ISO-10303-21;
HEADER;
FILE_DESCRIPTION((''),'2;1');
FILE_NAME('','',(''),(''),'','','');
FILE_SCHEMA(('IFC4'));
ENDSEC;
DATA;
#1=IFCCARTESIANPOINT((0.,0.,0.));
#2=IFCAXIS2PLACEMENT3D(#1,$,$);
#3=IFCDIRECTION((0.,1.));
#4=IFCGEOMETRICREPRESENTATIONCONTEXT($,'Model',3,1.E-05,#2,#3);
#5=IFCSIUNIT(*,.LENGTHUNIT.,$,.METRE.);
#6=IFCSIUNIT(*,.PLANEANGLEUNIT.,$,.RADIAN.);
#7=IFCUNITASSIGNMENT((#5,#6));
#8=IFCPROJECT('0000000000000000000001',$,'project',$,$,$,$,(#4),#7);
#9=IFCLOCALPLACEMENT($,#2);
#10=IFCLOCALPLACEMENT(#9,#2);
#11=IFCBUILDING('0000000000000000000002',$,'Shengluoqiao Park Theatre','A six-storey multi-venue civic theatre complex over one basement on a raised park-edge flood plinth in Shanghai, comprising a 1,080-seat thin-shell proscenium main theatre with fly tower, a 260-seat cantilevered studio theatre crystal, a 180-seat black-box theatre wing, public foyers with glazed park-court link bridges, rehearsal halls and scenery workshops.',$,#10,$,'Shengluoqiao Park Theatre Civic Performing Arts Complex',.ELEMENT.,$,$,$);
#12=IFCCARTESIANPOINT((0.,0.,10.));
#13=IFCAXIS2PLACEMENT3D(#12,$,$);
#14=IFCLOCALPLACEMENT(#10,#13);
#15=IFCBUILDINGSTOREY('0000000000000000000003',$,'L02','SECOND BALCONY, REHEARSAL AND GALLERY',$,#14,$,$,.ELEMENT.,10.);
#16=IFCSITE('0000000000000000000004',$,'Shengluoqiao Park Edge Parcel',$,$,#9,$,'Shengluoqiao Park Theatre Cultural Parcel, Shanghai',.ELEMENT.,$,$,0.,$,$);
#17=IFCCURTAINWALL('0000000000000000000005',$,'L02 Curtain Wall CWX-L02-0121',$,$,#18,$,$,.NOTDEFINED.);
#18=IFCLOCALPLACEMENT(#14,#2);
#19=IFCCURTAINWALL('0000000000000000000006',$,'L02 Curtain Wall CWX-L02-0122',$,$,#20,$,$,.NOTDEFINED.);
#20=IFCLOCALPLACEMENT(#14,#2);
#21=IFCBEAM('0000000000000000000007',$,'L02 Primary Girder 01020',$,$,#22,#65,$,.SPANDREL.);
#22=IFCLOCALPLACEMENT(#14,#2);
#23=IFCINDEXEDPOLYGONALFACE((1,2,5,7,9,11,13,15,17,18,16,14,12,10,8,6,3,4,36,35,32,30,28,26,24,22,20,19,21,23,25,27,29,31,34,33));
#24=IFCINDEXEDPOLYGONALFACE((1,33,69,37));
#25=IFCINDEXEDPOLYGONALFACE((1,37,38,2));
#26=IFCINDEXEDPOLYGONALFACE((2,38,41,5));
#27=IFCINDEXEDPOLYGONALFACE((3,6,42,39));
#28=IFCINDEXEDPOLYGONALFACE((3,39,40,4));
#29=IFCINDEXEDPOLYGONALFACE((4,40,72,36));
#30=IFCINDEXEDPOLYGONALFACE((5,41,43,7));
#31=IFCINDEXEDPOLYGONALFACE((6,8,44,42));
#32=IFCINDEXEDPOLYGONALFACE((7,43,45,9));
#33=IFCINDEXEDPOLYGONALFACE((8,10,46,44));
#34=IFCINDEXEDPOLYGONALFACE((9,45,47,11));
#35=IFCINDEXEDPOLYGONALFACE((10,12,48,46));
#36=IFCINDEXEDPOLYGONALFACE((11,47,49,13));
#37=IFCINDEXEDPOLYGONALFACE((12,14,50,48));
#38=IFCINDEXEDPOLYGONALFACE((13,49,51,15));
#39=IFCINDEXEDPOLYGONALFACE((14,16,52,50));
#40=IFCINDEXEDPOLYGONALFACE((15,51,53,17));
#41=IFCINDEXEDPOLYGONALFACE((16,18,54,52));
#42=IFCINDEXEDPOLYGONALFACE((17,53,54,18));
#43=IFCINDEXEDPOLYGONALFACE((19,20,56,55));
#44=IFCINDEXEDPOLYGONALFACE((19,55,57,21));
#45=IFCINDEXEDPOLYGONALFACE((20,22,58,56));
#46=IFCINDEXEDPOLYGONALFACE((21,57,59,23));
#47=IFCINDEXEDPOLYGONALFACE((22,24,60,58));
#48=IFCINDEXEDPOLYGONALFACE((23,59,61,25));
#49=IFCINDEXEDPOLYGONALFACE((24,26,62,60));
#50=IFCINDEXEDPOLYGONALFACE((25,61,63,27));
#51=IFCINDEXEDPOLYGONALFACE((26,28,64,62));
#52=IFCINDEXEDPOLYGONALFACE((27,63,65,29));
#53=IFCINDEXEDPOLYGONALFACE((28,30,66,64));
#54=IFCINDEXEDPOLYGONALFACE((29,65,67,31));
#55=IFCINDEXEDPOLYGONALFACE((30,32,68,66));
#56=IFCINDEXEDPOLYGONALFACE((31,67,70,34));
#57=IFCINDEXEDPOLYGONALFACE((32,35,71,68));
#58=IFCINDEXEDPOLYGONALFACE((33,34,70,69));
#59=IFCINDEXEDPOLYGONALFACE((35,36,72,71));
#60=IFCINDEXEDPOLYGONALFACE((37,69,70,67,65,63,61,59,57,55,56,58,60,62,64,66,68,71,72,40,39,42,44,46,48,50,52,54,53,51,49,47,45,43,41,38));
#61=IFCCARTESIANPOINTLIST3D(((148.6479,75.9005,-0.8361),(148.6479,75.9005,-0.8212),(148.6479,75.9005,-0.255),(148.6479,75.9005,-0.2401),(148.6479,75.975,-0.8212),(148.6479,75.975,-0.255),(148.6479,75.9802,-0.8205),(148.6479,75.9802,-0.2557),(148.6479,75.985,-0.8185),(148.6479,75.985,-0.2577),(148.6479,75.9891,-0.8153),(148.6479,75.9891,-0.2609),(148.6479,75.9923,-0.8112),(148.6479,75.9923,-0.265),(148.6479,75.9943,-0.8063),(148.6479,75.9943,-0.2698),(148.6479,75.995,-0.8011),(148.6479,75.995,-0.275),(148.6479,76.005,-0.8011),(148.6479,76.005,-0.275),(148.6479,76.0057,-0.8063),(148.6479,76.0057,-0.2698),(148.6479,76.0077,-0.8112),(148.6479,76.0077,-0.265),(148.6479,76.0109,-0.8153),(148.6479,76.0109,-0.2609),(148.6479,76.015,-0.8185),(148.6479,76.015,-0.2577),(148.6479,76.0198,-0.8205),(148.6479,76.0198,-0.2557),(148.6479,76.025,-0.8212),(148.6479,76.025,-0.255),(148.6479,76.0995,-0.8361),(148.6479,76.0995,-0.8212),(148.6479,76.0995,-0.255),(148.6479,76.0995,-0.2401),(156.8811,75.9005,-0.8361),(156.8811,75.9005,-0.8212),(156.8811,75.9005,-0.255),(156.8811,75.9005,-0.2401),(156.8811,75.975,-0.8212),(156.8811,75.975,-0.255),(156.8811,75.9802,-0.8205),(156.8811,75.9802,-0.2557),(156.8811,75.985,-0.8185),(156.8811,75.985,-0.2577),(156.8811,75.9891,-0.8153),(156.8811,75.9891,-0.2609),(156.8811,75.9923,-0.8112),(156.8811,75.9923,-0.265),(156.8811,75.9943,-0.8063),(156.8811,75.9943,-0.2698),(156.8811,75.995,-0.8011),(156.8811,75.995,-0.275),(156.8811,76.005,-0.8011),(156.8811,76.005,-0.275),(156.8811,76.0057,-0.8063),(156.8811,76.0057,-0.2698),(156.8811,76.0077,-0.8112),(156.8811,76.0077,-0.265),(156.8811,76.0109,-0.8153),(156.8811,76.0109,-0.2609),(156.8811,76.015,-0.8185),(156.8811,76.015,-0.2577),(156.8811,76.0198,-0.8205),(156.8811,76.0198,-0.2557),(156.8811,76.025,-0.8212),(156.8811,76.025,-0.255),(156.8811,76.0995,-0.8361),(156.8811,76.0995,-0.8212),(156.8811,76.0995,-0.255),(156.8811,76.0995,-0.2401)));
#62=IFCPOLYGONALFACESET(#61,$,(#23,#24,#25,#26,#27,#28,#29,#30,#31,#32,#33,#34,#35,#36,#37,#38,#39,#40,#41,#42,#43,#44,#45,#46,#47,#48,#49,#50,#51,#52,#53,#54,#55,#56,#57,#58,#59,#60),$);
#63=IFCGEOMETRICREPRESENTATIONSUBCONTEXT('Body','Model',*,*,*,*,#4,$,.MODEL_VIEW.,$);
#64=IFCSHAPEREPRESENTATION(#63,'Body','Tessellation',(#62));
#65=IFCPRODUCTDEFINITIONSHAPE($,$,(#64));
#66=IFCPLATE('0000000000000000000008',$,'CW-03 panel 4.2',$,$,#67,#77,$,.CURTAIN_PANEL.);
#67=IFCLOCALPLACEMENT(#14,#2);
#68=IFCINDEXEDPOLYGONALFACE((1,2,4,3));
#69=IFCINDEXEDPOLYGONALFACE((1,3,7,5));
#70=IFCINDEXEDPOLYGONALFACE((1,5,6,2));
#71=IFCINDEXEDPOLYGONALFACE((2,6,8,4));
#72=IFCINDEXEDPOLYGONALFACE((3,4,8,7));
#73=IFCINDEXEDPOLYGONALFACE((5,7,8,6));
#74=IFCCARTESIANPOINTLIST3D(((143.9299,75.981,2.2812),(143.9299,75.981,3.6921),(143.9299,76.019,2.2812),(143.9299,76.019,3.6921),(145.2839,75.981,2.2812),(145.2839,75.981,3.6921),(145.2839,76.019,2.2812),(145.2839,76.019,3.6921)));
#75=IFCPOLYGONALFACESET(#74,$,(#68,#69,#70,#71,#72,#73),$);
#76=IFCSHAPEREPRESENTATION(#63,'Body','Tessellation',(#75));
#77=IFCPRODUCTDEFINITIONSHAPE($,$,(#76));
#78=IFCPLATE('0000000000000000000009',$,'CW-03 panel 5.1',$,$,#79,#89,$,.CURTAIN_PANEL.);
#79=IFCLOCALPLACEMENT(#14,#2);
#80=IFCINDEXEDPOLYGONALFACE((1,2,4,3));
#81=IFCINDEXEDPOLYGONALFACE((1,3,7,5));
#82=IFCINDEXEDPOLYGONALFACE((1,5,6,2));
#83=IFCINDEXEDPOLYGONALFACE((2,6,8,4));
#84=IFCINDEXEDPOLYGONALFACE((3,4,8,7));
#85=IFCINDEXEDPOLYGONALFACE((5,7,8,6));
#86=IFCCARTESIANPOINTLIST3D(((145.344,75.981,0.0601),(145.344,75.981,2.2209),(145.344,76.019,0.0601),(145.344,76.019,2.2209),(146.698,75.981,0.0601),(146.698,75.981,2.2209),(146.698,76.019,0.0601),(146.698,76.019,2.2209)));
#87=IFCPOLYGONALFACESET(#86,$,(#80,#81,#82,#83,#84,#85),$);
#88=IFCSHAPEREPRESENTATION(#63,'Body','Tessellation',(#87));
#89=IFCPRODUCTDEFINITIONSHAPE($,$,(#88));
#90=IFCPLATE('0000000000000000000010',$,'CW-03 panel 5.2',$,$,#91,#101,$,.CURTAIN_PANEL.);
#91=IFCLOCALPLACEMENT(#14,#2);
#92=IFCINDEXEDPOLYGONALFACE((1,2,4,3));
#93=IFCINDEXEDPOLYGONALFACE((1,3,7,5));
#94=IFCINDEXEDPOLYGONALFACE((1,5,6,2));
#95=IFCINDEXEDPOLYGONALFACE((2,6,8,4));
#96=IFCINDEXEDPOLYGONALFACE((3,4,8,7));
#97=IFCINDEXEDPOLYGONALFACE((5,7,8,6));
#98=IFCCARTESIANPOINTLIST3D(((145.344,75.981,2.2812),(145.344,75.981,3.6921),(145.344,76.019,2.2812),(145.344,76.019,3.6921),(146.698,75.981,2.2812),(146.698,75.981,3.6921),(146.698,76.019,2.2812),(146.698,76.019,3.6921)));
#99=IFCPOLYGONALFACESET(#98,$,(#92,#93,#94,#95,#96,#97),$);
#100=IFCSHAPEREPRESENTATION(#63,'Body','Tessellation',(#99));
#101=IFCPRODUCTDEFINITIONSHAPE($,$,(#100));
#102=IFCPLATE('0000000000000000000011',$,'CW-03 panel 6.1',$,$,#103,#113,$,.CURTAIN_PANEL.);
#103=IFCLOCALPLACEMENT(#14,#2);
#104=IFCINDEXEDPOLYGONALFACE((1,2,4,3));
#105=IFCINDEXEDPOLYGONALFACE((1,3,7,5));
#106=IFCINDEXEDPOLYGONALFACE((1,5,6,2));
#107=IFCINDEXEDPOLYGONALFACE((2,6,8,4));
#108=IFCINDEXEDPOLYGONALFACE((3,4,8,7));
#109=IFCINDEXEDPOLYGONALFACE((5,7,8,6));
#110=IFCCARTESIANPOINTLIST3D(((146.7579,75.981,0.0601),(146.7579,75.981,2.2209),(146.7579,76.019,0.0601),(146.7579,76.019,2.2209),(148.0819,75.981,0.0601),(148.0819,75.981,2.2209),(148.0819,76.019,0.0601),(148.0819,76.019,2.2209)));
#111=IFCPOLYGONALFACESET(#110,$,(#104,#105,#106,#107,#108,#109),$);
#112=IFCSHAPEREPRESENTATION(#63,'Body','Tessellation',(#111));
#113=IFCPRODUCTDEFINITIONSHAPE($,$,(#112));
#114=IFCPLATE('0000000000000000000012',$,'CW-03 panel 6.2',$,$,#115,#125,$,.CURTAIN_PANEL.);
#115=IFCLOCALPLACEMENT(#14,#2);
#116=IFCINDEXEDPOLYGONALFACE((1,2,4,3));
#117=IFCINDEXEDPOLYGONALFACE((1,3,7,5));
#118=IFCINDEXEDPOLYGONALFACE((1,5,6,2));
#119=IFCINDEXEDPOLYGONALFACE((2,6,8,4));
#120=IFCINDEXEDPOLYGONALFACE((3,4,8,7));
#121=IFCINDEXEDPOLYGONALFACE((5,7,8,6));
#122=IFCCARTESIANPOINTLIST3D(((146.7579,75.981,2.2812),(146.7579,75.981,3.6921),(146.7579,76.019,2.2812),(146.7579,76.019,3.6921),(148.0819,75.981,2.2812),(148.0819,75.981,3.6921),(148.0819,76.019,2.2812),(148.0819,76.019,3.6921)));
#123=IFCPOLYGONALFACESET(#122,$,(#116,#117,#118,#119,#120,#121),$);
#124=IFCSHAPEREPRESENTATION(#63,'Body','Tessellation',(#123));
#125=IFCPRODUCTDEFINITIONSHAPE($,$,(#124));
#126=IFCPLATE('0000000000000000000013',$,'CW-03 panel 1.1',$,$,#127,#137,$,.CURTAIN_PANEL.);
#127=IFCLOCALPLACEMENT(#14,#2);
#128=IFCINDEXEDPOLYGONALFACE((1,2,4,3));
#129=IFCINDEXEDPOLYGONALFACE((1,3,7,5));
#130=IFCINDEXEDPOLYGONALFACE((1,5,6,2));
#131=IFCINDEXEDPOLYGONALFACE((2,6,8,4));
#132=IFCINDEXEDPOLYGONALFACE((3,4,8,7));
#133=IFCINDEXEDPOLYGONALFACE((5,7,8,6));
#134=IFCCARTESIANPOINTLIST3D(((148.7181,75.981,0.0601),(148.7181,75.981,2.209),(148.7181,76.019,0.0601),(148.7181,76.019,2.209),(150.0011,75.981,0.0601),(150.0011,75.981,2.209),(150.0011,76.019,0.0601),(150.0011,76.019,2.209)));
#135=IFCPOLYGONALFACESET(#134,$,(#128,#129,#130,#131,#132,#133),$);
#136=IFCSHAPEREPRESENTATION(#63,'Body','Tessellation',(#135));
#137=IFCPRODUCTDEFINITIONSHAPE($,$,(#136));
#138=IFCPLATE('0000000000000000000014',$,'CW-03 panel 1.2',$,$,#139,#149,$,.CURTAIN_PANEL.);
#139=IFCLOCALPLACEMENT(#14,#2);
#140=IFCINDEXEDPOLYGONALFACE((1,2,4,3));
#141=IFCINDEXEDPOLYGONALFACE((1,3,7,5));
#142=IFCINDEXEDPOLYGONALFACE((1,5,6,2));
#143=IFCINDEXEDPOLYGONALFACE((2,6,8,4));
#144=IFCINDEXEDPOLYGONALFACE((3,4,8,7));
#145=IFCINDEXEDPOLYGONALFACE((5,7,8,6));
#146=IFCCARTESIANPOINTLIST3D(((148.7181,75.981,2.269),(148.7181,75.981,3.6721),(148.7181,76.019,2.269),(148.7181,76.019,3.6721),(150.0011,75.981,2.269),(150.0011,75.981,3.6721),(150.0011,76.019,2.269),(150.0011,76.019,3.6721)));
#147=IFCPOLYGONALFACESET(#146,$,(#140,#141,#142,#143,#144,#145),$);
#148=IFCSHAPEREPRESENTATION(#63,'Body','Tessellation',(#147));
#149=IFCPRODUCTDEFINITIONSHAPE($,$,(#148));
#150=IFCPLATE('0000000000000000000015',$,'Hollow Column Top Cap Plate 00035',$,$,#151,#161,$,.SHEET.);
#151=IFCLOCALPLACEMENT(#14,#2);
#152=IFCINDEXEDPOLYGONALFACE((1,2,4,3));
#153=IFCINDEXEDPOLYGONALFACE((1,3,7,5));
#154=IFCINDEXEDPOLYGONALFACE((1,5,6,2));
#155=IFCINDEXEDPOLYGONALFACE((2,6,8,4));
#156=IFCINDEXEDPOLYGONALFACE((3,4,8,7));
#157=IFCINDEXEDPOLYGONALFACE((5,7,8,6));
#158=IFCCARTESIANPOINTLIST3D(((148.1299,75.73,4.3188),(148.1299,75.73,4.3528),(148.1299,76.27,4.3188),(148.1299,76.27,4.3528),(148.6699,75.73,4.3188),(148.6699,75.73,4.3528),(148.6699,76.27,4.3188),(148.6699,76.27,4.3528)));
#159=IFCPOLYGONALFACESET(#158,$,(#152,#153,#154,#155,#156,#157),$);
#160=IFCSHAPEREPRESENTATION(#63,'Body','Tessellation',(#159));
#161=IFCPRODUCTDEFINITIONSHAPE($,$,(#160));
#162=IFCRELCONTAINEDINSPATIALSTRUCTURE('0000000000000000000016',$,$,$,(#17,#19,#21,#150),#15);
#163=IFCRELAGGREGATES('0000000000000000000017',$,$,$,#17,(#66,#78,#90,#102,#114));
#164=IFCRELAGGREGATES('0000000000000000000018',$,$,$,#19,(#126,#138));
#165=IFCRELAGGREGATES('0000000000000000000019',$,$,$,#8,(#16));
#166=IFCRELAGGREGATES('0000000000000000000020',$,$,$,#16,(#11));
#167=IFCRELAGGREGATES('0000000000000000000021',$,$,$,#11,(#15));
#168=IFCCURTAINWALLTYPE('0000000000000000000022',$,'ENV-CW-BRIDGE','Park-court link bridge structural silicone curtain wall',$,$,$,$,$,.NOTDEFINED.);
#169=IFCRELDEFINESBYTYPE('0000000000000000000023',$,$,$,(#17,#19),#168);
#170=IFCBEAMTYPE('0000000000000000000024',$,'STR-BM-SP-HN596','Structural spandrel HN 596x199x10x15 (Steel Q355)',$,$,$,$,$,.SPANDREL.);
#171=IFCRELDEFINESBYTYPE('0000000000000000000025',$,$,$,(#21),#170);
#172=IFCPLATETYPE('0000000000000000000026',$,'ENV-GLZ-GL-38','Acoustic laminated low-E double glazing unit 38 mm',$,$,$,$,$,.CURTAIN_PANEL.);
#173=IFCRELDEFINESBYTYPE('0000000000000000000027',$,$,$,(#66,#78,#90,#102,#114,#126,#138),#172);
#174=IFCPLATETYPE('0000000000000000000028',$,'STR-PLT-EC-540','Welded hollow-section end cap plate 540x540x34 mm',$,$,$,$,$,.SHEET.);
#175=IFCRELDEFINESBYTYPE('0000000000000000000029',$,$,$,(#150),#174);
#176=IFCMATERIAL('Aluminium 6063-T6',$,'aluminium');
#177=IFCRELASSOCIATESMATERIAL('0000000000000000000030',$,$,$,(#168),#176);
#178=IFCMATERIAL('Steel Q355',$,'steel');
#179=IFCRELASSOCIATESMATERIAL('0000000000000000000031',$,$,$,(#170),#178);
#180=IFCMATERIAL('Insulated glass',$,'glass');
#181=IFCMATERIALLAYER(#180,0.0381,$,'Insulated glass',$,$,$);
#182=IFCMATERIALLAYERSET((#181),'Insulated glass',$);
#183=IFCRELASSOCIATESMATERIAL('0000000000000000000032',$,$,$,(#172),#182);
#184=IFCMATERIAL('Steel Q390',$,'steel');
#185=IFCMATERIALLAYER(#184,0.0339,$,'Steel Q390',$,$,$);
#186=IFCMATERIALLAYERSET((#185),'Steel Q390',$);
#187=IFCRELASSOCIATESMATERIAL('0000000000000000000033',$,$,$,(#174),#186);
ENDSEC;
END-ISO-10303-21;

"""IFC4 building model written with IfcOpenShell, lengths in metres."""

from ifc_helpers import new_model, si_unit, direction, frame, origin, origin_2d, place, context, subcontext, project, spatial, rectangle, i_section, extrude, material, layer, layer_set, material_profile, profile_set, type_object, element, aggregate, save


model = new_model("IFC4")

# Units and contexts
model_context = context("Model", 3, precision=1e-05, world=origin(), true_north=direction((0.0, 1.0)))
body_context = subcontext(model_context, "Body", "Model", "MODEL_VIEW")
ifc_project = project(units=[si_unit("LENGTHUNIT", "METRE"), si_unit("PLANEANGLEUNIT", "RADIAN")], contexts=[model_context])

# Site, building, storey
site_placement = place(None, origin())
site = spatial("IfcSite", under=ifc_project, at=site_placement, Name="Shengluoqiao Park Edge Parcel", LongName="Shengluoqiao Park Theatre Cultural Parcel, Shanghai", CompositionType="ELEMENT", RefElevation=0.0)
building_placement = place(site_placement, origin())
building = spatial("IfcBuilding", under=site, at=building_placement, Name="Shengluoqiao Park Theatre", Description="A six-storey multi-venue civic theatre complex over one basement on a raised park-edge flood plinth in Shanghai, comprising a 1,080-seat thin-shell proscenium main theatre with fly tower, a 260-seat cantilevered studio theatre crystal, a 180-seat black-box theatre wing, public foyers with glazed park-court link bridges, rehearsal halls and scenery workshops.", LongName="Shengluoqiao Park Theatre Civic Performing Arts Complex", CompositionType="ELEMENT")
storey_placement = place(building_placement, frame((0.0, 0.0, 10.0)))
storey = spatial("IfcBuildingStorey", under=building, at=storey_placement, Name="L02", Description="SECOND BALCONY, REHEARSAL AND GALLERY", CompositionType="ELEMENT", Elevation=10.0)

# Shared definitions
ifc_material_1 = material(Name="Steel Q390", Category="steel")

# Curtain wall
ifc_material_2 = material(Name="Aluminium 6063-T6", Category="aluminium")
curtain_wall_type = type_object("IfcCurtainWallType", Name="ENV-CW-BRIDGE", Description="Park-court link bridge structural silicone curtain wall", PredefinedType="NOTDEFINED", material=ifc_material_2)
curtain_wall_1_placement = place(storey_placement, origin())
curtain_wall_1 = element("IfcCurtainWall", 1, at=curtain_wall_1_placement, inside=storey, type_object=curtain_wall_type, Name="L02 Curtain Wall CWX-L02-0121", PredefinedType="NOTDEFINED")

# Curtain wall
curtain_wall_2_placement = place(storey_placement, origin())
curtain_wall_2 = element("IfcCurtainWall", 2, at=curtain_wall_2_placement, inside=storey, type_object=curtain_wall_type, Name="L02 Curtain Wall CWX-L02-0122", PredefinedType="NOTDEFINED")

# Beam
ifc_material_3 = material(Name="Steel Q355", Category="steel")
ifc_material_profile_1 = material_profile(ifc_material_3, i_section(OverallWidth=0.199, OverallDepth=0.5959, WebThickness=0.01, FlangeThickness=0.0149, FilletRadius=0.02, at=origin_2d()), Name="HN 596x199x10x15")
ifc_profile_set_1 = profile_set([ifc_material_profile_1], Name="Steel Q355")
beam_type_1 = type_object("IfcBeamType", Name="STR-BM-SP-HN596", Description="Structural spandrel HN 596x199x10x15 (Steel Q355)", PredefinedType="SPANDREL", material=ifc_profile_set_1)
beam_1_placement = place(storey_placement, frame((148.6479, 76.0, -0.5381), z_axis=(1.0, 0.0, 0.0), x_axis=(0.0, 1.0, 0.0)))
element("IfcBeam", 3, at=beam_1_placement, inside=storey, type_object=beam_type_1, Name="L02 Primary Girder 01020", PredefinedType="SPANDREL", context=body_context, shape_type="SweptSolid", body=[
    extrude(i_section(OverallWidth=0.199, OverallDepth=0.5959, WebThickness=0.01, FlangeThickness=0.0149, FilletRadius=0.02, at=origin_2d()), origin(), (0.0, 0.0, 1.0), 8.2332),
])

# Plates
ifc_material_4 = material(Name="Insulated glass", Category="glass")
ifc_layer_1 = layer(ifc_material_4, 0.0381, Name="Insulated glass")
ifc_layer_set_1 = layer_set([ifc_layer_1], Name="Insulated glass")
plate_type_1 = type_object("IfcPlateType", Name="ENV-GLZ-GL-38", Description="Acoustic laminated low-E double glazing unit 38 mm", PredefinedType="CURTAIN_PANEL", material=ifc_layer_set_1)
plate_1_placement = place(storey_placement, frame((144.6069, 76.0, 2.2812), z_axis=(0.0, 0.0, 1.0), x_axis=(1.0, 0.0, 0.0)))
plate_1 = element("IfcPlate", 4, at=plate_1_placement, type_object=plate_type_1, Name="CW-03 panel 4.2", PredefinedType="CURTAIN_PANEL", context=body_context, shape_type="SweptSolid", body=[
    extrude(rectangle(XDim=1.354, YDim=0.0381, at=origin_2d()), origin(), (0.0, 0.0, 1.0), 1.4109),
])
plate_2_placement = place(storey_placement, frame((146.021, 76.0, 0.0601), z_axis=(0.0, 0.0, 1.0), x_axis=(1.0, 0.0, 0.0)))
plate_2 = element("IfcPlate", 5, at=plate_2_placement, type_object=plate_type_1, Name="CW-03 panel 5.1", PredefinedType="CURTAIN_PANEL", context=body_context, shape_type="SweptSolid", body=[
    extrude(rectangle(XDim=1.354, YDim=0.0381, at=origin_2d()), origin(), (0.0, 0.0, 1.0), 2.1609),
])
plate_3_placement = place(storey_placement, frame((146.021, 76.0, 2.2812), z_axis=(0.0, 0.0, 1.0), x_axis=(1.0, 0.0, 0.0)))
plate_3 = element("IfcPlate", 6, at=plate_3_placement, type_object=plate_type_1, Name="CW-03 panel 5.2", PredefinedType="CURTAIN_PANEL", context=body_context, shape_type="SweptSolid", body=[
    extrude(rectangle(XDim=1.354, YDim=0.0381, at=origin_2d()), origin(), (0.0, 0.0, 1.0), 1.4109),
])
plate_4_placement = place(storey_placement, frame((147.4199, 76.0, 0.0601), z_axis=(0.0, 0.0, 1.0), x_axis=(1.0, 0.0, 0.0)))
plate_4 = element("IfcPlate", 7, at=plate_4_placement, type_object=plate_type_1, Name="CW-03 panel 6.1", PredefinedType="CURTAIN_PANEL", context=body_context, shape_type="SweptSolid", body=[
    extrude(rectangle(XDim=1.324, YDim=0.0381, at=origin_2d()), origin(), (0.0, 0.0, 1.0), 2.1609),
])
plate_5_placement = place(storey_placement, frame((147.4199, 76.0, 2.2812), z_axis=(0.0, 0.0, 1.0), x_axis=(1.0, 0.0, 0.0)))
plate_5 = element("IfcPlate", 8, at=plate_5_placement, type_object=plate_type_1, Name="CW-03 panel 6.2", PredefinedType="CURTAIN_PANEL", context=body_context, shape_type="SweptSolid", body=[
    extrude(rectangle(XDim=1.324, YDim=0.0381, at=origin_2d()), origin(), (0.0, 0.0, 1.0), 1.4109),
])
aggregate(curtain_wall_1, [plate_1, plate_2, plate_3, plate_4, plate_5])
plate_6_placement = place(storey_placement, frame((149.3596, 76.0, 0.0601), z_axis=(0.0, 0.0, 1.0), x_axis=(1.0, 0.0, 0.0)))
plate_6 = element("IfcPlate", 9, at=plate_6_placement, type_object=plate_type_1, Name="CW-03 panel 1.1", PredefinedType="CURTAIN_PANEL", context=body_context, shape_type="SweptSolid", body=[
    extrude(rectangle(XDim=1.283, YDim=0.0381, at=origin_2d()), origin(), (0.0, 0.0, 1.0), 2.1489),
])
plate_7_placement = place(storey_placement, frame((149.3596, 76.0, 2.269), z_axis=(0.0, 0.0, 1.0), x_axis=(1.0, 0.0, 0.0)))
plate_7 = element("IfcPlate", 10, at=plate_7_placement, type_object=plate_type_1, Name="CW-03 panel 1.2", PredefinedType="CURTAIN_PANEL", context=body_context, shape_type="SweptSolid", body=[
    extrude(rectangle(XDim=1.283, YDim=0.0381, at=origin_2d()), origin(), (0.0, 0.0, 1.0), 1.4031),
])
aggregate(curtain_wall_2, [plate_6, plate_7])
ifc_layer_2 = layer(ifc_material_1, 0.0339, Name="Steel Q390")
ifc_layer_set_2 = layer_set([ifc_layer_2], Name="Steel Q390")
plate_type_2 = type_object("IfcPlateType", Name="STR-PLT-EC-540", Description="Welded hollow-section end cap plate 540x540x34 mm", PredefinedType="SHEET", material=ifc_layer_set_2)
plate_8_placement = place(storey_placement, frame((148.3999, 76.0, 4.3188), z_axis=(0.0, 0.0, 1.0), x_axis=(1.0, 0.0, 0.0)))
element("IfcPlate", 11, at=plate_8_placement, inside=storey, type_object=plate_type_2, Name="Hollow Column Top Cap Plate 00035", PredefinedType="SHEET", context=body_context, shape_type="SweptSolid", body=[
    extrude(rectangle(XDim=0.54, YDim=0.54, at=origin_2d()), origin(), (0.0, 0.0, 1.0), 0.0339),
])

save(model, "model.ifc")
